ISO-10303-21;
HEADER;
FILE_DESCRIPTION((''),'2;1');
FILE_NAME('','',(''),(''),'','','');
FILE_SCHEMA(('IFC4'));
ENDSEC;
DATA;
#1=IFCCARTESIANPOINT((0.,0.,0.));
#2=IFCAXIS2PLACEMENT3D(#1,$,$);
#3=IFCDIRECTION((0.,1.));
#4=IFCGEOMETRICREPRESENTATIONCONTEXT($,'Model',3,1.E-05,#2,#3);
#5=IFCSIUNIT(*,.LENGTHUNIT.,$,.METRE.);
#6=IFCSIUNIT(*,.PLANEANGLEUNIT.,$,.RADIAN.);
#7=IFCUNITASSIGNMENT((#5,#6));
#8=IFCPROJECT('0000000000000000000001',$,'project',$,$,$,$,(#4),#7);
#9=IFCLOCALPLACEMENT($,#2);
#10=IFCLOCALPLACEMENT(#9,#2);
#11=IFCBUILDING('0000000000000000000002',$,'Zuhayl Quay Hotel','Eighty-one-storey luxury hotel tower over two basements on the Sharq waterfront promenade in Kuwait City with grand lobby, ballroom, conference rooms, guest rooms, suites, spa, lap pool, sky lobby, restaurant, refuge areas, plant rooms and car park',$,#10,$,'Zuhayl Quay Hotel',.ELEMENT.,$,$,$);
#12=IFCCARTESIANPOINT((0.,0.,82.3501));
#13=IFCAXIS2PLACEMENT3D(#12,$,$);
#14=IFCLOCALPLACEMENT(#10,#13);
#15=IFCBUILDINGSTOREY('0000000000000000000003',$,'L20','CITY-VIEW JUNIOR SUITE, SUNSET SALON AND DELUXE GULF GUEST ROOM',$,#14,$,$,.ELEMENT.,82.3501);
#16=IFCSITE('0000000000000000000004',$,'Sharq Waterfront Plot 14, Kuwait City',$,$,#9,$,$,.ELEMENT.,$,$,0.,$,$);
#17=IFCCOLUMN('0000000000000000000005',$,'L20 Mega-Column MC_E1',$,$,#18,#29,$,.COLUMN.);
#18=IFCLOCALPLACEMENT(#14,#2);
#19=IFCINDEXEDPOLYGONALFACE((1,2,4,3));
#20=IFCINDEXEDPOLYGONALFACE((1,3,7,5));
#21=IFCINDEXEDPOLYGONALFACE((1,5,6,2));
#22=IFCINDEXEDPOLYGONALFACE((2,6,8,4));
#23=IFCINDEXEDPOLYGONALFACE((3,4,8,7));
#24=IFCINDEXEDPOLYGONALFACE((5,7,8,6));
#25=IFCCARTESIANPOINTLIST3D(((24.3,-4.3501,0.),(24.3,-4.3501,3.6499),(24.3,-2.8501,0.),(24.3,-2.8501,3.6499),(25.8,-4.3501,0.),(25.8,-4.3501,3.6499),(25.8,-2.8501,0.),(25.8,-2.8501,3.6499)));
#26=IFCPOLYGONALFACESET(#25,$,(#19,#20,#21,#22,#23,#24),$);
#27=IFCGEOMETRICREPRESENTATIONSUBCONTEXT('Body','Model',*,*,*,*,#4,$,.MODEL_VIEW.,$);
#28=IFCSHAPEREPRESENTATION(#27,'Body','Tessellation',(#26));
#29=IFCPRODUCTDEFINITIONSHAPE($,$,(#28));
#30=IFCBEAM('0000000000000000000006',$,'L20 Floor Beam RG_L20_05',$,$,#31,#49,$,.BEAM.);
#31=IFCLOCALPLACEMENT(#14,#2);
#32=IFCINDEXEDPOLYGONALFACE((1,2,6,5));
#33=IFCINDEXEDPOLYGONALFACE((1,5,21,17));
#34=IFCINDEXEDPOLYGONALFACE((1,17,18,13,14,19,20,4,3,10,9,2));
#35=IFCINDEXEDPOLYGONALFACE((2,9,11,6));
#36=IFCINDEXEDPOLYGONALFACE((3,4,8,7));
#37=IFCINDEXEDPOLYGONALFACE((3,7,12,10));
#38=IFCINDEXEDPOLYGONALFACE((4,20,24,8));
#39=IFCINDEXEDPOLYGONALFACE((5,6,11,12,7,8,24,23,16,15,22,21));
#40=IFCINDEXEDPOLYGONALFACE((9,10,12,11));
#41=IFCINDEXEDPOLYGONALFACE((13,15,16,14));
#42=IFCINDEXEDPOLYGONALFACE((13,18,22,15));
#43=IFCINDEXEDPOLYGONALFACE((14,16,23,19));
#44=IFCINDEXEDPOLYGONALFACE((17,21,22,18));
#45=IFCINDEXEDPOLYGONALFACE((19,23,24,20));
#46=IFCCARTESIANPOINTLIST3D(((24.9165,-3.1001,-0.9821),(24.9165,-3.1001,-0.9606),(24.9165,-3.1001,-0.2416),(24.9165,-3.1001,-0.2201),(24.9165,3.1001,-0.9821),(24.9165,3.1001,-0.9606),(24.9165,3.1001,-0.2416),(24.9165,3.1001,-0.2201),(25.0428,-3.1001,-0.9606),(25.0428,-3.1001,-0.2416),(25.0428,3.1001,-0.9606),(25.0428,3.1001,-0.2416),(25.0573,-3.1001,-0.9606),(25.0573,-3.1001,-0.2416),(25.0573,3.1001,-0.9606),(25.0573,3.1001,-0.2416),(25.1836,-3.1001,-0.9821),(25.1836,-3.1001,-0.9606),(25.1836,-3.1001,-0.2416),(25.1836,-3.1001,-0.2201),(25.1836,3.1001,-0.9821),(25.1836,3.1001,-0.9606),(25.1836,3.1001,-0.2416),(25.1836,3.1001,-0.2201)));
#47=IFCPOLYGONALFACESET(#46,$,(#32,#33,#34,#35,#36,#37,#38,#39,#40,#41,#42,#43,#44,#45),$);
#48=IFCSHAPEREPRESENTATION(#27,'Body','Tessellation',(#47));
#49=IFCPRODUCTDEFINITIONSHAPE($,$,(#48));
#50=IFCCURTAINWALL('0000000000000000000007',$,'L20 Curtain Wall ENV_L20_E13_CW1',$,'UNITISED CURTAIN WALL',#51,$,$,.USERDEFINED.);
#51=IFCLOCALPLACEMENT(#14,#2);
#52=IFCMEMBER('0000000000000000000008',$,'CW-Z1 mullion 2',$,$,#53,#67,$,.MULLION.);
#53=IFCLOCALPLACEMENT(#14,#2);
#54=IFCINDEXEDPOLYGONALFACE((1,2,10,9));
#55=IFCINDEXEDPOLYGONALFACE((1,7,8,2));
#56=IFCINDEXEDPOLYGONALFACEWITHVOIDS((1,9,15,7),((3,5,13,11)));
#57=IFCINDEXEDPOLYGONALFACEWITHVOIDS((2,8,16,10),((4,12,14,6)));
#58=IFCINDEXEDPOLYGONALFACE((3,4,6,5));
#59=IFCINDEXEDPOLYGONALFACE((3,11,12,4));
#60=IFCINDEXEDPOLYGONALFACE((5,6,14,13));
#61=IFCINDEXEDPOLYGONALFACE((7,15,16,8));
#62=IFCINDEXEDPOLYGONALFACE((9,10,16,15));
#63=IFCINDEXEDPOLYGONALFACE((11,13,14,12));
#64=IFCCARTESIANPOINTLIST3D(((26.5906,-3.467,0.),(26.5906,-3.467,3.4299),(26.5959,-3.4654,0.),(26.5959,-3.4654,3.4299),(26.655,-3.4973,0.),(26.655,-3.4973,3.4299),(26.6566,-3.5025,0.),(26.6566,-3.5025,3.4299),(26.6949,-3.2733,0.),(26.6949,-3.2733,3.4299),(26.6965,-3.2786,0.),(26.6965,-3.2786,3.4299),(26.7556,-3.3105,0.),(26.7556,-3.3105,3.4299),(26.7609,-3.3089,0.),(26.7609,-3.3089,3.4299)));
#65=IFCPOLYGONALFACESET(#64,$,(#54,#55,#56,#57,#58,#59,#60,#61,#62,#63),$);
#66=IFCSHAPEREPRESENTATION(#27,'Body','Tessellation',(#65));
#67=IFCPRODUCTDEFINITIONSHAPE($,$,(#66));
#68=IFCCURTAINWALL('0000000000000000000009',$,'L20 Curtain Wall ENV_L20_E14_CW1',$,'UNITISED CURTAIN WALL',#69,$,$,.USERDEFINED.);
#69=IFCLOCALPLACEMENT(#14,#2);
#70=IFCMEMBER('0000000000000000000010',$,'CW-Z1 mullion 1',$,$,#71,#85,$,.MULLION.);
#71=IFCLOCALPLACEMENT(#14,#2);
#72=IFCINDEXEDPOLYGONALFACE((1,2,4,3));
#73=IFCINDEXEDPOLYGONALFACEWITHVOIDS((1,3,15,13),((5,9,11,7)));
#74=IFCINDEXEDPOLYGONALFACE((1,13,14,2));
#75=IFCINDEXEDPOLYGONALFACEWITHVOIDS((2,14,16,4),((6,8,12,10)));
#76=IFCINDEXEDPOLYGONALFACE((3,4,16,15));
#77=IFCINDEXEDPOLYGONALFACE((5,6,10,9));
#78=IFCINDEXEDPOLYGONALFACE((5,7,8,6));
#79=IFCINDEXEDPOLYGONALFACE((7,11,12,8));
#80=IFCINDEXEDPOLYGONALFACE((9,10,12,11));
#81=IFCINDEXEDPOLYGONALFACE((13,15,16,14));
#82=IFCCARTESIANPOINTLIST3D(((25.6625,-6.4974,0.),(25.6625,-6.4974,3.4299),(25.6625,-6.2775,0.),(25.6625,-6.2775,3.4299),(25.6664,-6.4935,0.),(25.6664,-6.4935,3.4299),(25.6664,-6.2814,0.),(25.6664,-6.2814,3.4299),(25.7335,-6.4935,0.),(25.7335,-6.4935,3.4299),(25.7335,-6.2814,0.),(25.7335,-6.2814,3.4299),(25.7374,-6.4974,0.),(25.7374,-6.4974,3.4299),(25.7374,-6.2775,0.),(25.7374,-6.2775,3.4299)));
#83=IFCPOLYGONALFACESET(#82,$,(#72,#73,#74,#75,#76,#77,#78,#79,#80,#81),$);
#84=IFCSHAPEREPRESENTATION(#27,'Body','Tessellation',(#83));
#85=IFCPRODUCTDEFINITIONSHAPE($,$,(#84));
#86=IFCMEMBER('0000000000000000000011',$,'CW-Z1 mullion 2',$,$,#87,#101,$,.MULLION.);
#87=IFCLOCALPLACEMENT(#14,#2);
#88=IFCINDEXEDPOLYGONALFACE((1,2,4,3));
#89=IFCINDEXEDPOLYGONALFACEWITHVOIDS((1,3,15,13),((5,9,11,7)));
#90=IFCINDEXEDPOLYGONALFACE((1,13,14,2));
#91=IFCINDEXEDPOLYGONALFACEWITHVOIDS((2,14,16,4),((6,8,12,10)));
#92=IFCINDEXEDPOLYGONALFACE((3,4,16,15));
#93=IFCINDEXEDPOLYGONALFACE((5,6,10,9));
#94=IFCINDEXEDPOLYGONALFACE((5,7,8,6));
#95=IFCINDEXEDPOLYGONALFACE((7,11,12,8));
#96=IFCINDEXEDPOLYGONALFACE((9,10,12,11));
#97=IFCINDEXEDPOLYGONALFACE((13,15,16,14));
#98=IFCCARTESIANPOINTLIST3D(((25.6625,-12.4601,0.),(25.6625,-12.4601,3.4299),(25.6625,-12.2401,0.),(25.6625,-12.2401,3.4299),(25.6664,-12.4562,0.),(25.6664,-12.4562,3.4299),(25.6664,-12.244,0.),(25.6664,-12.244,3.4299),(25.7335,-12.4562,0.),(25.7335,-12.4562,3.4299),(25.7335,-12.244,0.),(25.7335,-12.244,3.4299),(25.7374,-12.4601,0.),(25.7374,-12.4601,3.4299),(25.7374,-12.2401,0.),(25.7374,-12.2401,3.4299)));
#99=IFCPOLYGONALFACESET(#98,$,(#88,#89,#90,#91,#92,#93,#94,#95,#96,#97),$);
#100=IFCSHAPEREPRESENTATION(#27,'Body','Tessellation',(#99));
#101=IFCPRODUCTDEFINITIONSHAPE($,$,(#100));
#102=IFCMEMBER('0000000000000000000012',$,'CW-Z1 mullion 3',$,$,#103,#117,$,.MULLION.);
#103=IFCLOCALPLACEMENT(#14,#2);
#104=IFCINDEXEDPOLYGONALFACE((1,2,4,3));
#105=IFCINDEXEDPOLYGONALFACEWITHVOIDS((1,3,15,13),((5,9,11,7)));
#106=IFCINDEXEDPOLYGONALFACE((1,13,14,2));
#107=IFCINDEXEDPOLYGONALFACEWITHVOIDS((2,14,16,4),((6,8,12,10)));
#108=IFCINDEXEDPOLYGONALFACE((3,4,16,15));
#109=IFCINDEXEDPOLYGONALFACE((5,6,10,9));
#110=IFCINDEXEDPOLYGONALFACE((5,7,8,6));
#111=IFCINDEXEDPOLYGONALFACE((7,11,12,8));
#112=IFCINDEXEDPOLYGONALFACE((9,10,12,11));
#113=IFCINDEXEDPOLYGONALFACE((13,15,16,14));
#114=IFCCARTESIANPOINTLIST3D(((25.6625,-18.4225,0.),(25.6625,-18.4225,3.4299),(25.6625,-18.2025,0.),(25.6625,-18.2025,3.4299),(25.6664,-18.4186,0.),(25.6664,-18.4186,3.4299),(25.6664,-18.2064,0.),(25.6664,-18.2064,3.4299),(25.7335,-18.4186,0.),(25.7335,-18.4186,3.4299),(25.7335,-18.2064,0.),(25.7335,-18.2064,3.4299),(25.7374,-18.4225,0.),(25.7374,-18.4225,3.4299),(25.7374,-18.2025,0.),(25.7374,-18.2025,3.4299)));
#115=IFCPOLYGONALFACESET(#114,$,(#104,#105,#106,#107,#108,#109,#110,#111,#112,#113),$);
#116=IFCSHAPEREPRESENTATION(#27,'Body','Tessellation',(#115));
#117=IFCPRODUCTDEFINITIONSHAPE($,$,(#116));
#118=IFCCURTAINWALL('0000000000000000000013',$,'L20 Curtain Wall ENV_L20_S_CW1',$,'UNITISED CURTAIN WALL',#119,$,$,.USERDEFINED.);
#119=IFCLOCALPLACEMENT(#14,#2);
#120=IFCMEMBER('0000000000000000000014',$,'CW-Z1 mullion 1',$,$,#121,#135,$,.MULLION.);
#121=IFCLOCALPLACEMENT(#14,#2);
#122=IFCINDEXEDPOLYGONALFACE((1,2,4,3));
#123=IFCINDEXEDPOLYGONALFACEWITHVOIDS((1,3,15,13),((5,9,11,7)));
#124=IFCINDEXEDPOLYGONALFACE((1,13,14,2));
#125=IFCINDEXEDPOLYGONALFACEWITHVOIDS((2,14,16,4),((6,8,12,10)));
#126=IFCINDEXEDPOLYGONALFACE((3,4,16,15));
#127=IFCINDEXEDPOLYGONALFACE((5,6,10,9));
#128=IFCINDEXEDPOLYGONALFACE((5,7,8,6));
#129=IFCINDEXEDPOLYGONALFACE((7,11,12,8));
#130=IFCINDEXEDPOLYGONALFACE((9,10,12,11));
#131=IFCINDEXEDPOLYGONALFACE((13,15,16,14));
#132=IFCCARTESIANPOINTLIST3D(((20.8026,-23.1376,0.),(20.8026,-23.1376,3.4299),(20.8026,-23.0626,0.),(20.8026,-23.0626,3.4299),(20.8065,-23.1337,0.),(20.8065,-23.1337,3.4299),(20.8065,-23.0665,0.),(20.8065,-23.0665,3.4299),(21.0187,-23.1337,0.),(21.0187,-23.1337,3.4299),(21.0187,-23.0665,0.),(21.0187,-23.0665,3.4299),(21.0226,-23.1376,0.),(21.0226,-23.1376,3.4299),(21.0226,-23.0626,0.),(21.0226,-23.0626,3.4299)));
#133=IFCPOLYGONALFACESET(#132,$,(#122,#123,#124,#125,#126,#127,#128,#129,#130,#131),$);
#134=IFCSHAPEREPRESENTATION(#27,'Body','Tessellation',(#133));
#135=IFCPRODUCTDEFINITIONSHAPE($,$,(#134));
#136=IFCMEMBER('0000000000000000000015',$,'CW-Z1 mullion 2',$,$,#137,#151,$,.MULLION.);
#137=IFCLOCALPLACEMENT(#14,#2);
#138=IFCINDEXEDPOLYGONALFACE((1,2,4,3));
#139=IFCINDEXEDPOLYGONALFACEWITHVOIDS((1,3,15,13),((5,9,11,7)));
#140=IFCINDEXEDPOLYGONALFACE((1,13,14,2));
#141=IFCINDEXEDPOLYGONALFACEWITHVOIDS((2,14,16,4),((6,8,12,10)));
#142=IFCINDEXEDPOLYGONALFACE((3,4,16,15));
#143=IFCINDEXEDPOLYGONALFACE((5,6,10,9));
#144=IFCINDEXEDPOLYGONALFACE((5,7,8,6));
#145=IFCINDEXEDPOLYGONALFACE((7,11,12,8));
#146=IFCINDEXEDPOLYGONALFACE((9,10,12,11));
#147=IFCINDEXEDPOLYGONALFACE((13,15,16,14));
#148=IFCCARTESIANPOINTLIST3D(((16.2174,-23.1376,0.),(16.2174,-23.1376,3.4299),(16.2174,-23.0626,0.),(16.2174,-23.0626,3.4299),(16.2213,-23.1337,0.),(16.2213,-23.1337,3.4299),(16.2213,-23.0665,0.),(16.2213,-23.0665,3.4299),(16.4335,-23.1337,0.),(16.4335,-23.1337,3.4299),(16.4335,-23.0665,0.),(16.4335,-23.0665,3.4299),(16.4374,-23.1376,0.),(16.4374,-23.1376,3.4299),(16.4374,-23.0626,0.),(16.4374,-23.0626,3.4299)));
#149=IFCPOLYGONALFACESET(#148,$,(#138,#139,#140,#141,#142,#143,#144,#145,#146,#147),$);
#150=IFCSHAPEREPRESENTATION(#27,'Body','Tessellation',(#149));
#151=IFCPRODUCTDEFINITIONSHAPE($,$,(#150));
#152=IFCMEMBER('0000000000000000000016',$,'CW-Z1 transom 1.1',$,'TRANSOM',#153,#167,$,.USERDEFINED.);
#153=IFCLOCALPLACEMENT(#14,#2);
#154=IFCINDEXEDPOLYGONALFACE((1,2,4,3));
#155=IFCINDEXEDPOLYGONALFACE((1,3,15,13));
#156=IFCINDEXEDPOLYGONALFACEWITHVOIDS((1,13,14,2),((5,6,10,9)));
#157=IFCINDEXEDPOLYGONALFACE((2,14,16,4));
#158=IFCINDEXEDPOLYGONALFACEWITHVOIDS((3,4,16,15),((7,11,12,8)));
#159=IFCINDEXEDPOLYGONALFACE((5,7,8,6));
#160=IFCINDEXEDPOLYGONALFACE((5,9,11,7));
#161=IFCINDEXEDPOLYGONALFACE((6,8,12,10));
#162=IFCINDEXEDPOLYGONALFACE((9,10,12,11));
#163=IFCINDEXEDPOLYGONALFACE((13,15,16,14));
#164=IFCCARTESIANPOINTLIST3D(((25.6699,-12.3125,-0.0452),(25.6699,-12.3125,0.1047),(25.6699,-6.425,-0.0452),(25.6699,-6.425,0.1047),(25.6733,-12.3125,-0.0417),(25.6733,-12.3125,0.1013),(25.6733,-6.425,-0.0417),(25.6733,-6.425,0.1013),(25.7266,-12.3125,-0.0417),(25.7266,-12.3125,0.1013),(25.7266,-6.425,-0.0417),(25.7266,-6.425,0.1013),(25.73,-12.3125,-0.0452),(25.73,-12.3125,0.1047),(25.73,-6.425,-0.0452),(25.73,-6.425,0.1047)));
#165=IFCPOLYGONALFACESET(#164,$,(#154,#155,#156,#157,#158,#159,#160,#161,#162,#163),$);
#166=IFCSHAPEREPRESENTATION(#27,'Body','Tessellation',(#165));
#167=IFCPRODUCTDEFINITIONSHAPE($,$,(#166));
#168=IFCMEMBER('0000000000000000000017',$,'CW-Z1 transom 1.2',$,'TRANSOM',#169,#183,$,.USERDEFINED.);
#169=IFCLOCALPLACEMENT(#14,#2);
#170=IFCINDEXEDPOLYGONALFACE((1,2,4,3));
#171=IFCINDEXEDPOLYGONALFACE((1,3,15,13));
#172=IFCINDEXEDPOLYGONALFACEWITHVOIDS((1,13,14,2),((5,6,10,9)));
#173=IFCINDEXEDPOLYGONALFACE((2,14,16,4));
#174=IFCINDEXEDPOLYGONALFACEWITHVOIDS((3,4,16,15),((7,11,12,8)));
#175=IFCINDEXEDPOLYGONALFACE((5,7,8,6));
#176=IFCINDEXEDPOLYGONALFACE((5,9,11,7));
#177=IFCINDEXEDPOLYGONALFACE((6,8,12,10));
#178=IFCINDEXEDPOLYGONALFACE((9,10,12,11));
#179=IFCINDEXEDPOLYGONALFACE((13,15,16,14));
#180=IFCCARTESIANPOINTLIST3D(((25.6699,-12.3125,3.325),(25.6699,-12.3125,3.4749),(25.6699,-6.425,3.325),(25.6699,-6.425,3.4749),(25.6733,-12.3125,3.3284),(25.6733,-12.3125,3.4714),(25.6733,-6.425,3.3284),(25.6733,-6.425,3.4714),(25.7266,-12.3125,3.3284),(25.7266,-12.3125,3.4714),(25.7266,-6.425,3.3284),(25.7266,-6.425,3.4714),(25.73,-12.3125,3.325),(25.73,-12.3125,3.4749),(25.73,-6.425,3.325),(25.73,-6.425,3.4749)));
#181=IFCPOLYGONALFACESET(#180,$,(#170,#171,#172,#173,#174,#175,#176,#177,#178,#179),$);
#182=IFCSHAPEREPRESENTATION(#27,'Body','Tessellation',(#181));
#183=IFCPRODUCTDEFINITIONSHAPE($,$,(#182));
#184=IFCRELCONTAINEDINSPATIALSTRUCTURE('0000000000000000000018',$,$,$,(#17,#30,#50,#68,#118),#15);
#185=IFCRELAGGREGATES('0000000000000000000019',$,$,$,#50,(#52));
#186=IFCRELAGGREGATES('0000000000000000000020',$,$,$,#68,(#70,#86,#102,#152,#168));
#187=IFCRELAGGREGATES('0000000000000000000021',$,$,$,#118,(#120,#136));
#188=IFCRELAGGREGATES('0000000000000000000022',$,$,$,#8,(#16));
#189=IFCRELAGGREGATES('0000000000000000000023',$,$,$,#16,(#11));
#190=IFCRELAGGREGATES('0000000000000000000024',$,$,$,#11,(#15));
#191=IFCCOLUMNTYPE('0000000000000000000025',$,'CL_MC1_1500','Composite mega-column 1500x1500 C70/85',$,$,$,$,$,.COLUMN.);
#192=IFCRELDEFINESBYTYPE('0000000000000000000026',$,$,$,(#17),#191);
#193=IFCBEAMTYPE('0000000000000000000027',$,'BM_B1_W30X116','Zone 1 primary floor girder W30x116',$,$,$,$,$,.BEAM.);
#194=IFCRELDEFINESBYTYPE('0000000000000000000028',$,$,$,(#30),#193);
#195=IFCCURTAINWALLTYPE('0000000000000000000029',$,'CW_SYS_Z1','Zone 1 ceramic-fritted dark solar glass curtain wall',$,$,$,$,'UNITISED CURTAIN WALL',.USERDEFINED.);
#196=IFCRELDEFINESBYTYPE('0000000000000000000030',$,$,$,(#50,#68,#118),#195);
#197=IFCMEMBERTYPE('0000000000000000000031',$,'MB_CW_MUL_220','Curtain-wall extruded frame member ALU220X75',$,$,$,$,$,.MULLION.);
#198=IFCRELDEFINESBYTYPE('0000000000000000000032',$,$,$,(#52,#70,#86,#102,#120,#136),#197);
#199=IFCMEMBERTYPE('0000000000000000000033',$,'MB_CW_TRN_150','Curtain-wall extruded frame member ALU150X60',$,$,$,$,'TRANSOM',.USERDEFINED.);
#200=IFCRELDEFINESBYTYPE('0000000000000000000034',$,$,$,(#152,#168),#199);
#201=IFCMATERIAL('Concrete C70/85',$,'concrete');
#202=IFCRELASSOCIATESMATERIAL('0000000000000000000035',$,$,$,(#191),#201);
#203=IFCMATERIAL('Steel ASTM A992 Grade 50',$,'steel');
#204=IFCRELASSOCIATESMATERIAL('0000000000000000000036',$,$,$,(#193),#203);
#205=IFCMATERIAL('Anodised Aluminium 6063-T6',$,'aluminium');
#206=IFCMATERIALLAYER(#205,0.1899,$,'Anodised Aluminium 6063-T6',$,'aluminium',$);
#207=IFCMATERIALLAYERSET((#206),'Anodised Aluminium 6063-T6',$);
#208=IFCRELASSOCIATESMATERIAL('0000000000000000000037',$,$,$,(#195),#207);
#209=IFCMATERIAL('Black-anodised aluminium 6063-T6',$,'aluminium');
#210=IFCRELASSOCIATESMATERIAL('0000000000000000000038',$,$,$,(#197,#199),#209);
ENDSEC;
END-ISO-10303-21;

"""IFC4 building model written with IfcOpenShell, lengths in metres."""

from ifc_helpers import new_model, si_unit, direction, frame, origin, origin_2d, place, context, subcontext, project, spatial, rectangle, hollow_rectangle, i_section, extrude, material, layer, layer_set, material_profile, profile_set, type_object, element, aggregate, save


model = new_model("IFC4")

# Units and contexts
model_context = context("Model", 3, precision=1e-05, world=origin(), true_north=direction((0.0, 1.0)))
body_context = subcontext(model_context, "Body", "Model", "MODEL_VIEW")
ifc_project = project(units=[si_unit("LENGTHUNIT", "METRE"), si_unit("PLANEANGLEUNIT", "RADIAN")], contexts=[model_context])

# Site, building, storey
site_placement = place(None, origin())
site = spatial("IfcSite", under=ifc_project, at=site_placement, Name="Sharq Waterfront Plot 14, Kuwait City", CompositionType="ELEMENT", RefElevation=0.0)
building_placement = place(site_placement, origin())
building = spatial("IfcBuilding", under=site, at=building_placement, Name="Zuhayl Quay Hotel", Description="Eighty-one-storey luxury hotel tower over two basements on the Sharq waterfront promenade in Kuwait City with grand lobby, ballroom, conference rooms, guest rooms, suites, spa, lap pool, sky lobby, restaurant, refuge areas, plant rooms and car park", LongName="Zuhayl Quay Hotel", CompositionType="ELEMENT")
storey_placement = place(building_placement, frame((0.0, 0.0, 82.3501)))
storey = spatial("IfcBuildingStorey", under=building, at=storey_placement, Name="L20", Description="CITY-VIEW JUNIOR SUITE, SUNSET SALON AND DELUXE GULF GUEST ROOM", CompositionType="ELEMENT", Elevation=82.3501)

# Column
ifc_material_1 = material(Name="Concrete C70/85", Category="concrete")
ifc_material_profile_1 = material_profile(ifc_material_1, rectangle(XDim=1.5, YDim=1.5, at=origin_2d()), Name="RC1500X1500")
ifc_profile_set_1 = profile_set([ifc_material_profile_1], Name="Concrete C70/85")
column_type = type_object("IfcColumnType", Name="CL_MC1_1500", Description="Composite mega-column 1500x1500 C70/85", PredefinedType="COLUMN", material=ifc_profile_set_1)
column_placement = place(storey_placement, frame((25.05, -3.6001, 0.0), z_axis=(0.0, 0.0, 1.0), x_axis=(1.0, 0.0, 0.0)))
element("IfcColumn", 1, at=column_placement, inside=storey, type_object=column_type, Name="L20 Mega-Column MC_E1", PredefinedType="COLUMN", context=body_context, shape_type="SweptSolid", body=[
    extrude(rectangle(XDim=1.5, YDim=1.5, at=origin_2d()), origin(), (0.0, 0.0, 1.0), 3.6499),
])

# Beam
ifc_material_2 = material(Name="Steel ASTM A992 Grade 50", Category="steel")
ifc_material_profile_2 = material_profile(ifc_material_2, i_section(OverallWidth=0.2671, OverallDepth=0.762, WebThickness=0.0144, FlangeThickness=0.0215, at=origin_2d()), Name="W30X116")
ifc_profile_set_2 = profile_set([ifc_material_profile_2], Name="Steel ASTM A992 Grade 50")
beam_type = type_object("IfcBeamType", Name="BM_B1_W30X116", Description="Zone 1 primary floor girder W30x116", PredefinedType="BEAM", material=ifc_profile_set_2)
beam_placement = place(storey_placement, frame((25.05, -3.1001, -0.6011), z_axis=(0.0, 1.0, 0.0), x_axis=(-1.0, 0.0, 0.0)))
element("IfcBeam", 2, at=beam_placement, inside=storey, type_object=beam_type, Name="L20 Floor Beam RG_L20_05", PredefinedType="BEAM", context=body_context, shape_type="SweptSolid", body=[
    extrude(i_section(OverallWidth=0.2671, OverallDepth=0.762, WebThickness=0.0144, FlangeThickness=0.0215, at=origin_2d()), origin(), (0.0, 0.0, 1.0), 6.2002),
])

# Curtain wall, member
ifc_material_3 = material(Name="Anodised Aluminium 6063-T6", Category="aluminium")
ifc_layer_1 = layer(ifc_material_3, 0.1899, Name="Anodised Aluminium 6063-T6", Category="aluminium")
ifc_layer_set_1 = layer_set([ifc_layer_1], Name="Anodised Aluminium 6063-T6")
curtain_wall_type = type_object("IfcCurtainWallType", Name="CW_SYS_Z1", Description="Zone 1 ceramic-fritted dark solar glass curtain wall", ElementType="UNITISED CURTAIN WALL", PredefinedType="USERDEFINED", material=ifc_layer_set_1)
curtain_wall_1_placement = place(storey_placement, origin())
curtain_wall_1 = element("IfcCurtainWall", 3, at=curtain_wall_1_placement, inside=storey, type_object=curtain_wall_type, Name="L20 Curtain Wall ENV_L20_E13_CW1", ObjectType="UNITISED CURTAIN WALL", PredefinedType="USERDEFINED")
ifc_material_4 = material(Name="Black-anodised aluminium 6063-T6", Category="aluminium")
ifc_material_profile_3 = material_profile(ifc_material_4, hollow_rectangle(XDim=0.075, YDim=0.22, WallThickness=0.0039, at=origin_2d()), Name="ALU220X75")
ifc_profile_set_3 = profile_set([ifc_material_profile_3], Name="Black-anodised aluminium 6063-T6")
member_type_1 = type_object("IfcMemberType", Name="MB_CW_MUL_220", Description="Curtain-wall extruded frame member ALU220X75", PredefinedType="MULLION", material=ifc_profile_set_3)
member_1_placement = place(storey_placement, frame((26.6758, -3.3879, 0.0), z_axis=(0.0, 0.0, 1.0), x_axis=(0.880476, -0.474091, 0.0)))
member_1 = element("IfcMember", 4, at=member_1_placement, type_object=member_type_1, Name="CW-Z1 mullion 2", PredefinedType="MULLION", context=body_context, shape_type="SweptSolid", body=[
    extrude(hollow_rectangle(XDim=0.075, YDim=0.22, WallThickness=0.0039, at=origin_2d()), origin(), (0.0, 0.0, 1.0), 3.4299),
])
aggregate(curtain_wall_1, [member_1])

# Curtain walls, members
curtain_wall_2_placement = place(storey_placement, origin())
curtain_wall_2 = element("IfcCurtainWall", 5, at=curtain_wall_2_placement, inside=storey, type_object=curtain_wall_type, Name="L20 Curtain Wall ENV_L20_E14_CW1", ObjectType="UNITISED CURTAIN WALL", PredefinedType="USERDEFINED")
member_2_placement = place(storey_placement, frame((25.7, -6.3875, 0.0), z_axis=(0.0, 0.0, 1.0), x_axis=(1.0, 0.0, 0.0)))
member_2 = element("IfcMember", 6, at=member_2_placement, type_object=member_type_1, Name="CW-Z1 mullion 1", PredefinedType="MULLION", context=body_context, shape_type="SweptSolid", body=[
    extrude(hollow_rectangle(XDim=0.075, YDim=0.22, WallThickness=0.0039, at=origin_2d()), origin(), (0.0, 0.0, 1.0), 3.4299),
])
member_3_placement = place(storey_placement, frame((25.7, -12.3501, 0.0), z_axis=(0.0, 0.0, 1.0), x_axis=(1.0, 0.0, 0.0)))
member_3 = element("IfcMember", 7, at=member_3_placement, type_object=member_type_1, Name="CW-Z1 mullion 2", PredefinedType="MULLION", context=body_context, shape_type="SweptSolid", body=[
    extrude(hollow_rectangle(XDim=0.075, YDim=0.22, WallThickness=0.0039, at=origin_2d()), origin(), (0.0, 0.0, 1.0), 3.4299),
])
member_4_placement = place(storey_placement, frame((25.7, -18.3125, 0.0), z_axis=(0.0, 0.0, 1.0), x_axis=(1.0, 0.0, 0.0)))
member_4 = element("IfcMember", 8, at=member_4_placement, type_object=member_type_1, Name="CW-Z1 mullion 3", PredefinedType="MULLION", context=body_context, shape_type="SweptSolid", body=[
    extrude(hollow_rectangle(XDim=0.075, YDim=0.22, WallThickness=0.0039, at=origin_2d()), origin(), (0.0, 0.0, 1.0), 3.4299),
])
curtain_wall_3_placement = place(storey_placement, origin())
curtain_wall_3 = element("IfcCurtainWall", 9, at=curtain_wall_3_placement, inside=storey, type_object=curtain_wall_type, Name="L20 Curtain Wall ENV_L20_S_CW1", ObjectType="UNITISED CURTAIN WALL", PredefinedType="USERDEFINED")
member_5_placement = place(storey_placement, frame((20.9126, -23.1001, 0.0), z_axis=(0.0, 0.0, 1.0), x_axis=(0.0, -1.0, 0.0)))
member_5 = element("IfcMember", 10, at=member_5_placement, type_object=member_type_1, Name="CW-Z1 mullion 1", PredefinedType="MULLION", context=body_context, shape_type="SweptSolid", body=[
    extrude(hollow_rectangle(XDim=0.075, YDim=0.22, WallThickness=0.0039, at=origin_2d()), origin(), (0.0, 0.0, 1.0), 3.4299),
])
member_6_placement = place(storey_placement, frame((16.3274, -23.1001, 0.0), z_axis=(0.0, 0.0, 1.0), x_axis=(0.0, -1.0, 0.0)))
member_6 = element("IfcMember", 11, at=member_6_placement, type_object=member_type_1, Name="CW-Z1 mullion 2", PredefinedType="MULLION", context=body_context, shape_type="SweptSolid", body=[
    extrude(hollow_rectangle(XDim=0.075, YDim=0.22, WallThickness=0.0039, at=origin_2d()), origin(), (0.0, 0.0, 1.0), 3.4299),
])

# Members
ifc_material_profile_4 = material_profile(ifc_material_4, hollow_rectangle(XDim=0.0601, YDim=0.1499, WallThickness=0.0034, at=origin_2d()), Name="ALU150X60")
ifc_profile_set_4 = profile_set([ifc_material_profile_4], Name="Black-anodised aluminium 6063-T6")
member_type_2 = type_object("IfcMemberType", Name="MB_CW_TRN_150", Description="Curtain-wall extruded frame member ALU150X60", ElementType="TRANSOM", PredefinedType="USERDEFINED", material=ifc_profile_set_4)
member_7_placement = place(storey_placement, frame((25.7, -6.425, 0.0298), z_axis=(0.0, -1.0, 0.0), x_axis=(1.0, 0.0, 0.0)))
member_7 = element("IfcMember", 12, at=member_7_placement, type_object=member_type_2, Name="CW-Z1 transom 1.1", ObjectType="TRANSOM", PredefinedType="USERDEFINED", context=body_context, shape_type="SweptSolid", body=[
    extrude(hollow_rectangle(XDim=0.0601, YDim=0.1499, WallThickness=0.0034, at=origin_2d()), origin(), (0.0, 0.0, 1.0), 5.8875),
])
member_8_placement = place(storey_placement, frame((25.7, -6.425, 3.3999), z_axis=(0.0, -1.0, 0.0), x_axis=(1.0, 0.0, 0.0)))
member_8 = element("IfcMember", 13, at=member_8_placement, type_object=member_type_2, Name="CW-Z1 transom 1.2", ObjectType="TRANSOM", PredefinedType="USERDEFINED", context=body_context, shape_type="SweptSolid", body=[
    extrude(hollow_rectangle(XDim=0.0601, YDim=0.1499, WallThickness=0.0034, at=origin_2d()), origin(), (0.0, 0.0, 1.0), 5.8875),
])

aggregate(curtain_wall_2, [member_2, member_3, member_4, member_7, member_8])
aggregate(curtain_wall_3, [member_5, member_6])

save(model, "model.ifc")
